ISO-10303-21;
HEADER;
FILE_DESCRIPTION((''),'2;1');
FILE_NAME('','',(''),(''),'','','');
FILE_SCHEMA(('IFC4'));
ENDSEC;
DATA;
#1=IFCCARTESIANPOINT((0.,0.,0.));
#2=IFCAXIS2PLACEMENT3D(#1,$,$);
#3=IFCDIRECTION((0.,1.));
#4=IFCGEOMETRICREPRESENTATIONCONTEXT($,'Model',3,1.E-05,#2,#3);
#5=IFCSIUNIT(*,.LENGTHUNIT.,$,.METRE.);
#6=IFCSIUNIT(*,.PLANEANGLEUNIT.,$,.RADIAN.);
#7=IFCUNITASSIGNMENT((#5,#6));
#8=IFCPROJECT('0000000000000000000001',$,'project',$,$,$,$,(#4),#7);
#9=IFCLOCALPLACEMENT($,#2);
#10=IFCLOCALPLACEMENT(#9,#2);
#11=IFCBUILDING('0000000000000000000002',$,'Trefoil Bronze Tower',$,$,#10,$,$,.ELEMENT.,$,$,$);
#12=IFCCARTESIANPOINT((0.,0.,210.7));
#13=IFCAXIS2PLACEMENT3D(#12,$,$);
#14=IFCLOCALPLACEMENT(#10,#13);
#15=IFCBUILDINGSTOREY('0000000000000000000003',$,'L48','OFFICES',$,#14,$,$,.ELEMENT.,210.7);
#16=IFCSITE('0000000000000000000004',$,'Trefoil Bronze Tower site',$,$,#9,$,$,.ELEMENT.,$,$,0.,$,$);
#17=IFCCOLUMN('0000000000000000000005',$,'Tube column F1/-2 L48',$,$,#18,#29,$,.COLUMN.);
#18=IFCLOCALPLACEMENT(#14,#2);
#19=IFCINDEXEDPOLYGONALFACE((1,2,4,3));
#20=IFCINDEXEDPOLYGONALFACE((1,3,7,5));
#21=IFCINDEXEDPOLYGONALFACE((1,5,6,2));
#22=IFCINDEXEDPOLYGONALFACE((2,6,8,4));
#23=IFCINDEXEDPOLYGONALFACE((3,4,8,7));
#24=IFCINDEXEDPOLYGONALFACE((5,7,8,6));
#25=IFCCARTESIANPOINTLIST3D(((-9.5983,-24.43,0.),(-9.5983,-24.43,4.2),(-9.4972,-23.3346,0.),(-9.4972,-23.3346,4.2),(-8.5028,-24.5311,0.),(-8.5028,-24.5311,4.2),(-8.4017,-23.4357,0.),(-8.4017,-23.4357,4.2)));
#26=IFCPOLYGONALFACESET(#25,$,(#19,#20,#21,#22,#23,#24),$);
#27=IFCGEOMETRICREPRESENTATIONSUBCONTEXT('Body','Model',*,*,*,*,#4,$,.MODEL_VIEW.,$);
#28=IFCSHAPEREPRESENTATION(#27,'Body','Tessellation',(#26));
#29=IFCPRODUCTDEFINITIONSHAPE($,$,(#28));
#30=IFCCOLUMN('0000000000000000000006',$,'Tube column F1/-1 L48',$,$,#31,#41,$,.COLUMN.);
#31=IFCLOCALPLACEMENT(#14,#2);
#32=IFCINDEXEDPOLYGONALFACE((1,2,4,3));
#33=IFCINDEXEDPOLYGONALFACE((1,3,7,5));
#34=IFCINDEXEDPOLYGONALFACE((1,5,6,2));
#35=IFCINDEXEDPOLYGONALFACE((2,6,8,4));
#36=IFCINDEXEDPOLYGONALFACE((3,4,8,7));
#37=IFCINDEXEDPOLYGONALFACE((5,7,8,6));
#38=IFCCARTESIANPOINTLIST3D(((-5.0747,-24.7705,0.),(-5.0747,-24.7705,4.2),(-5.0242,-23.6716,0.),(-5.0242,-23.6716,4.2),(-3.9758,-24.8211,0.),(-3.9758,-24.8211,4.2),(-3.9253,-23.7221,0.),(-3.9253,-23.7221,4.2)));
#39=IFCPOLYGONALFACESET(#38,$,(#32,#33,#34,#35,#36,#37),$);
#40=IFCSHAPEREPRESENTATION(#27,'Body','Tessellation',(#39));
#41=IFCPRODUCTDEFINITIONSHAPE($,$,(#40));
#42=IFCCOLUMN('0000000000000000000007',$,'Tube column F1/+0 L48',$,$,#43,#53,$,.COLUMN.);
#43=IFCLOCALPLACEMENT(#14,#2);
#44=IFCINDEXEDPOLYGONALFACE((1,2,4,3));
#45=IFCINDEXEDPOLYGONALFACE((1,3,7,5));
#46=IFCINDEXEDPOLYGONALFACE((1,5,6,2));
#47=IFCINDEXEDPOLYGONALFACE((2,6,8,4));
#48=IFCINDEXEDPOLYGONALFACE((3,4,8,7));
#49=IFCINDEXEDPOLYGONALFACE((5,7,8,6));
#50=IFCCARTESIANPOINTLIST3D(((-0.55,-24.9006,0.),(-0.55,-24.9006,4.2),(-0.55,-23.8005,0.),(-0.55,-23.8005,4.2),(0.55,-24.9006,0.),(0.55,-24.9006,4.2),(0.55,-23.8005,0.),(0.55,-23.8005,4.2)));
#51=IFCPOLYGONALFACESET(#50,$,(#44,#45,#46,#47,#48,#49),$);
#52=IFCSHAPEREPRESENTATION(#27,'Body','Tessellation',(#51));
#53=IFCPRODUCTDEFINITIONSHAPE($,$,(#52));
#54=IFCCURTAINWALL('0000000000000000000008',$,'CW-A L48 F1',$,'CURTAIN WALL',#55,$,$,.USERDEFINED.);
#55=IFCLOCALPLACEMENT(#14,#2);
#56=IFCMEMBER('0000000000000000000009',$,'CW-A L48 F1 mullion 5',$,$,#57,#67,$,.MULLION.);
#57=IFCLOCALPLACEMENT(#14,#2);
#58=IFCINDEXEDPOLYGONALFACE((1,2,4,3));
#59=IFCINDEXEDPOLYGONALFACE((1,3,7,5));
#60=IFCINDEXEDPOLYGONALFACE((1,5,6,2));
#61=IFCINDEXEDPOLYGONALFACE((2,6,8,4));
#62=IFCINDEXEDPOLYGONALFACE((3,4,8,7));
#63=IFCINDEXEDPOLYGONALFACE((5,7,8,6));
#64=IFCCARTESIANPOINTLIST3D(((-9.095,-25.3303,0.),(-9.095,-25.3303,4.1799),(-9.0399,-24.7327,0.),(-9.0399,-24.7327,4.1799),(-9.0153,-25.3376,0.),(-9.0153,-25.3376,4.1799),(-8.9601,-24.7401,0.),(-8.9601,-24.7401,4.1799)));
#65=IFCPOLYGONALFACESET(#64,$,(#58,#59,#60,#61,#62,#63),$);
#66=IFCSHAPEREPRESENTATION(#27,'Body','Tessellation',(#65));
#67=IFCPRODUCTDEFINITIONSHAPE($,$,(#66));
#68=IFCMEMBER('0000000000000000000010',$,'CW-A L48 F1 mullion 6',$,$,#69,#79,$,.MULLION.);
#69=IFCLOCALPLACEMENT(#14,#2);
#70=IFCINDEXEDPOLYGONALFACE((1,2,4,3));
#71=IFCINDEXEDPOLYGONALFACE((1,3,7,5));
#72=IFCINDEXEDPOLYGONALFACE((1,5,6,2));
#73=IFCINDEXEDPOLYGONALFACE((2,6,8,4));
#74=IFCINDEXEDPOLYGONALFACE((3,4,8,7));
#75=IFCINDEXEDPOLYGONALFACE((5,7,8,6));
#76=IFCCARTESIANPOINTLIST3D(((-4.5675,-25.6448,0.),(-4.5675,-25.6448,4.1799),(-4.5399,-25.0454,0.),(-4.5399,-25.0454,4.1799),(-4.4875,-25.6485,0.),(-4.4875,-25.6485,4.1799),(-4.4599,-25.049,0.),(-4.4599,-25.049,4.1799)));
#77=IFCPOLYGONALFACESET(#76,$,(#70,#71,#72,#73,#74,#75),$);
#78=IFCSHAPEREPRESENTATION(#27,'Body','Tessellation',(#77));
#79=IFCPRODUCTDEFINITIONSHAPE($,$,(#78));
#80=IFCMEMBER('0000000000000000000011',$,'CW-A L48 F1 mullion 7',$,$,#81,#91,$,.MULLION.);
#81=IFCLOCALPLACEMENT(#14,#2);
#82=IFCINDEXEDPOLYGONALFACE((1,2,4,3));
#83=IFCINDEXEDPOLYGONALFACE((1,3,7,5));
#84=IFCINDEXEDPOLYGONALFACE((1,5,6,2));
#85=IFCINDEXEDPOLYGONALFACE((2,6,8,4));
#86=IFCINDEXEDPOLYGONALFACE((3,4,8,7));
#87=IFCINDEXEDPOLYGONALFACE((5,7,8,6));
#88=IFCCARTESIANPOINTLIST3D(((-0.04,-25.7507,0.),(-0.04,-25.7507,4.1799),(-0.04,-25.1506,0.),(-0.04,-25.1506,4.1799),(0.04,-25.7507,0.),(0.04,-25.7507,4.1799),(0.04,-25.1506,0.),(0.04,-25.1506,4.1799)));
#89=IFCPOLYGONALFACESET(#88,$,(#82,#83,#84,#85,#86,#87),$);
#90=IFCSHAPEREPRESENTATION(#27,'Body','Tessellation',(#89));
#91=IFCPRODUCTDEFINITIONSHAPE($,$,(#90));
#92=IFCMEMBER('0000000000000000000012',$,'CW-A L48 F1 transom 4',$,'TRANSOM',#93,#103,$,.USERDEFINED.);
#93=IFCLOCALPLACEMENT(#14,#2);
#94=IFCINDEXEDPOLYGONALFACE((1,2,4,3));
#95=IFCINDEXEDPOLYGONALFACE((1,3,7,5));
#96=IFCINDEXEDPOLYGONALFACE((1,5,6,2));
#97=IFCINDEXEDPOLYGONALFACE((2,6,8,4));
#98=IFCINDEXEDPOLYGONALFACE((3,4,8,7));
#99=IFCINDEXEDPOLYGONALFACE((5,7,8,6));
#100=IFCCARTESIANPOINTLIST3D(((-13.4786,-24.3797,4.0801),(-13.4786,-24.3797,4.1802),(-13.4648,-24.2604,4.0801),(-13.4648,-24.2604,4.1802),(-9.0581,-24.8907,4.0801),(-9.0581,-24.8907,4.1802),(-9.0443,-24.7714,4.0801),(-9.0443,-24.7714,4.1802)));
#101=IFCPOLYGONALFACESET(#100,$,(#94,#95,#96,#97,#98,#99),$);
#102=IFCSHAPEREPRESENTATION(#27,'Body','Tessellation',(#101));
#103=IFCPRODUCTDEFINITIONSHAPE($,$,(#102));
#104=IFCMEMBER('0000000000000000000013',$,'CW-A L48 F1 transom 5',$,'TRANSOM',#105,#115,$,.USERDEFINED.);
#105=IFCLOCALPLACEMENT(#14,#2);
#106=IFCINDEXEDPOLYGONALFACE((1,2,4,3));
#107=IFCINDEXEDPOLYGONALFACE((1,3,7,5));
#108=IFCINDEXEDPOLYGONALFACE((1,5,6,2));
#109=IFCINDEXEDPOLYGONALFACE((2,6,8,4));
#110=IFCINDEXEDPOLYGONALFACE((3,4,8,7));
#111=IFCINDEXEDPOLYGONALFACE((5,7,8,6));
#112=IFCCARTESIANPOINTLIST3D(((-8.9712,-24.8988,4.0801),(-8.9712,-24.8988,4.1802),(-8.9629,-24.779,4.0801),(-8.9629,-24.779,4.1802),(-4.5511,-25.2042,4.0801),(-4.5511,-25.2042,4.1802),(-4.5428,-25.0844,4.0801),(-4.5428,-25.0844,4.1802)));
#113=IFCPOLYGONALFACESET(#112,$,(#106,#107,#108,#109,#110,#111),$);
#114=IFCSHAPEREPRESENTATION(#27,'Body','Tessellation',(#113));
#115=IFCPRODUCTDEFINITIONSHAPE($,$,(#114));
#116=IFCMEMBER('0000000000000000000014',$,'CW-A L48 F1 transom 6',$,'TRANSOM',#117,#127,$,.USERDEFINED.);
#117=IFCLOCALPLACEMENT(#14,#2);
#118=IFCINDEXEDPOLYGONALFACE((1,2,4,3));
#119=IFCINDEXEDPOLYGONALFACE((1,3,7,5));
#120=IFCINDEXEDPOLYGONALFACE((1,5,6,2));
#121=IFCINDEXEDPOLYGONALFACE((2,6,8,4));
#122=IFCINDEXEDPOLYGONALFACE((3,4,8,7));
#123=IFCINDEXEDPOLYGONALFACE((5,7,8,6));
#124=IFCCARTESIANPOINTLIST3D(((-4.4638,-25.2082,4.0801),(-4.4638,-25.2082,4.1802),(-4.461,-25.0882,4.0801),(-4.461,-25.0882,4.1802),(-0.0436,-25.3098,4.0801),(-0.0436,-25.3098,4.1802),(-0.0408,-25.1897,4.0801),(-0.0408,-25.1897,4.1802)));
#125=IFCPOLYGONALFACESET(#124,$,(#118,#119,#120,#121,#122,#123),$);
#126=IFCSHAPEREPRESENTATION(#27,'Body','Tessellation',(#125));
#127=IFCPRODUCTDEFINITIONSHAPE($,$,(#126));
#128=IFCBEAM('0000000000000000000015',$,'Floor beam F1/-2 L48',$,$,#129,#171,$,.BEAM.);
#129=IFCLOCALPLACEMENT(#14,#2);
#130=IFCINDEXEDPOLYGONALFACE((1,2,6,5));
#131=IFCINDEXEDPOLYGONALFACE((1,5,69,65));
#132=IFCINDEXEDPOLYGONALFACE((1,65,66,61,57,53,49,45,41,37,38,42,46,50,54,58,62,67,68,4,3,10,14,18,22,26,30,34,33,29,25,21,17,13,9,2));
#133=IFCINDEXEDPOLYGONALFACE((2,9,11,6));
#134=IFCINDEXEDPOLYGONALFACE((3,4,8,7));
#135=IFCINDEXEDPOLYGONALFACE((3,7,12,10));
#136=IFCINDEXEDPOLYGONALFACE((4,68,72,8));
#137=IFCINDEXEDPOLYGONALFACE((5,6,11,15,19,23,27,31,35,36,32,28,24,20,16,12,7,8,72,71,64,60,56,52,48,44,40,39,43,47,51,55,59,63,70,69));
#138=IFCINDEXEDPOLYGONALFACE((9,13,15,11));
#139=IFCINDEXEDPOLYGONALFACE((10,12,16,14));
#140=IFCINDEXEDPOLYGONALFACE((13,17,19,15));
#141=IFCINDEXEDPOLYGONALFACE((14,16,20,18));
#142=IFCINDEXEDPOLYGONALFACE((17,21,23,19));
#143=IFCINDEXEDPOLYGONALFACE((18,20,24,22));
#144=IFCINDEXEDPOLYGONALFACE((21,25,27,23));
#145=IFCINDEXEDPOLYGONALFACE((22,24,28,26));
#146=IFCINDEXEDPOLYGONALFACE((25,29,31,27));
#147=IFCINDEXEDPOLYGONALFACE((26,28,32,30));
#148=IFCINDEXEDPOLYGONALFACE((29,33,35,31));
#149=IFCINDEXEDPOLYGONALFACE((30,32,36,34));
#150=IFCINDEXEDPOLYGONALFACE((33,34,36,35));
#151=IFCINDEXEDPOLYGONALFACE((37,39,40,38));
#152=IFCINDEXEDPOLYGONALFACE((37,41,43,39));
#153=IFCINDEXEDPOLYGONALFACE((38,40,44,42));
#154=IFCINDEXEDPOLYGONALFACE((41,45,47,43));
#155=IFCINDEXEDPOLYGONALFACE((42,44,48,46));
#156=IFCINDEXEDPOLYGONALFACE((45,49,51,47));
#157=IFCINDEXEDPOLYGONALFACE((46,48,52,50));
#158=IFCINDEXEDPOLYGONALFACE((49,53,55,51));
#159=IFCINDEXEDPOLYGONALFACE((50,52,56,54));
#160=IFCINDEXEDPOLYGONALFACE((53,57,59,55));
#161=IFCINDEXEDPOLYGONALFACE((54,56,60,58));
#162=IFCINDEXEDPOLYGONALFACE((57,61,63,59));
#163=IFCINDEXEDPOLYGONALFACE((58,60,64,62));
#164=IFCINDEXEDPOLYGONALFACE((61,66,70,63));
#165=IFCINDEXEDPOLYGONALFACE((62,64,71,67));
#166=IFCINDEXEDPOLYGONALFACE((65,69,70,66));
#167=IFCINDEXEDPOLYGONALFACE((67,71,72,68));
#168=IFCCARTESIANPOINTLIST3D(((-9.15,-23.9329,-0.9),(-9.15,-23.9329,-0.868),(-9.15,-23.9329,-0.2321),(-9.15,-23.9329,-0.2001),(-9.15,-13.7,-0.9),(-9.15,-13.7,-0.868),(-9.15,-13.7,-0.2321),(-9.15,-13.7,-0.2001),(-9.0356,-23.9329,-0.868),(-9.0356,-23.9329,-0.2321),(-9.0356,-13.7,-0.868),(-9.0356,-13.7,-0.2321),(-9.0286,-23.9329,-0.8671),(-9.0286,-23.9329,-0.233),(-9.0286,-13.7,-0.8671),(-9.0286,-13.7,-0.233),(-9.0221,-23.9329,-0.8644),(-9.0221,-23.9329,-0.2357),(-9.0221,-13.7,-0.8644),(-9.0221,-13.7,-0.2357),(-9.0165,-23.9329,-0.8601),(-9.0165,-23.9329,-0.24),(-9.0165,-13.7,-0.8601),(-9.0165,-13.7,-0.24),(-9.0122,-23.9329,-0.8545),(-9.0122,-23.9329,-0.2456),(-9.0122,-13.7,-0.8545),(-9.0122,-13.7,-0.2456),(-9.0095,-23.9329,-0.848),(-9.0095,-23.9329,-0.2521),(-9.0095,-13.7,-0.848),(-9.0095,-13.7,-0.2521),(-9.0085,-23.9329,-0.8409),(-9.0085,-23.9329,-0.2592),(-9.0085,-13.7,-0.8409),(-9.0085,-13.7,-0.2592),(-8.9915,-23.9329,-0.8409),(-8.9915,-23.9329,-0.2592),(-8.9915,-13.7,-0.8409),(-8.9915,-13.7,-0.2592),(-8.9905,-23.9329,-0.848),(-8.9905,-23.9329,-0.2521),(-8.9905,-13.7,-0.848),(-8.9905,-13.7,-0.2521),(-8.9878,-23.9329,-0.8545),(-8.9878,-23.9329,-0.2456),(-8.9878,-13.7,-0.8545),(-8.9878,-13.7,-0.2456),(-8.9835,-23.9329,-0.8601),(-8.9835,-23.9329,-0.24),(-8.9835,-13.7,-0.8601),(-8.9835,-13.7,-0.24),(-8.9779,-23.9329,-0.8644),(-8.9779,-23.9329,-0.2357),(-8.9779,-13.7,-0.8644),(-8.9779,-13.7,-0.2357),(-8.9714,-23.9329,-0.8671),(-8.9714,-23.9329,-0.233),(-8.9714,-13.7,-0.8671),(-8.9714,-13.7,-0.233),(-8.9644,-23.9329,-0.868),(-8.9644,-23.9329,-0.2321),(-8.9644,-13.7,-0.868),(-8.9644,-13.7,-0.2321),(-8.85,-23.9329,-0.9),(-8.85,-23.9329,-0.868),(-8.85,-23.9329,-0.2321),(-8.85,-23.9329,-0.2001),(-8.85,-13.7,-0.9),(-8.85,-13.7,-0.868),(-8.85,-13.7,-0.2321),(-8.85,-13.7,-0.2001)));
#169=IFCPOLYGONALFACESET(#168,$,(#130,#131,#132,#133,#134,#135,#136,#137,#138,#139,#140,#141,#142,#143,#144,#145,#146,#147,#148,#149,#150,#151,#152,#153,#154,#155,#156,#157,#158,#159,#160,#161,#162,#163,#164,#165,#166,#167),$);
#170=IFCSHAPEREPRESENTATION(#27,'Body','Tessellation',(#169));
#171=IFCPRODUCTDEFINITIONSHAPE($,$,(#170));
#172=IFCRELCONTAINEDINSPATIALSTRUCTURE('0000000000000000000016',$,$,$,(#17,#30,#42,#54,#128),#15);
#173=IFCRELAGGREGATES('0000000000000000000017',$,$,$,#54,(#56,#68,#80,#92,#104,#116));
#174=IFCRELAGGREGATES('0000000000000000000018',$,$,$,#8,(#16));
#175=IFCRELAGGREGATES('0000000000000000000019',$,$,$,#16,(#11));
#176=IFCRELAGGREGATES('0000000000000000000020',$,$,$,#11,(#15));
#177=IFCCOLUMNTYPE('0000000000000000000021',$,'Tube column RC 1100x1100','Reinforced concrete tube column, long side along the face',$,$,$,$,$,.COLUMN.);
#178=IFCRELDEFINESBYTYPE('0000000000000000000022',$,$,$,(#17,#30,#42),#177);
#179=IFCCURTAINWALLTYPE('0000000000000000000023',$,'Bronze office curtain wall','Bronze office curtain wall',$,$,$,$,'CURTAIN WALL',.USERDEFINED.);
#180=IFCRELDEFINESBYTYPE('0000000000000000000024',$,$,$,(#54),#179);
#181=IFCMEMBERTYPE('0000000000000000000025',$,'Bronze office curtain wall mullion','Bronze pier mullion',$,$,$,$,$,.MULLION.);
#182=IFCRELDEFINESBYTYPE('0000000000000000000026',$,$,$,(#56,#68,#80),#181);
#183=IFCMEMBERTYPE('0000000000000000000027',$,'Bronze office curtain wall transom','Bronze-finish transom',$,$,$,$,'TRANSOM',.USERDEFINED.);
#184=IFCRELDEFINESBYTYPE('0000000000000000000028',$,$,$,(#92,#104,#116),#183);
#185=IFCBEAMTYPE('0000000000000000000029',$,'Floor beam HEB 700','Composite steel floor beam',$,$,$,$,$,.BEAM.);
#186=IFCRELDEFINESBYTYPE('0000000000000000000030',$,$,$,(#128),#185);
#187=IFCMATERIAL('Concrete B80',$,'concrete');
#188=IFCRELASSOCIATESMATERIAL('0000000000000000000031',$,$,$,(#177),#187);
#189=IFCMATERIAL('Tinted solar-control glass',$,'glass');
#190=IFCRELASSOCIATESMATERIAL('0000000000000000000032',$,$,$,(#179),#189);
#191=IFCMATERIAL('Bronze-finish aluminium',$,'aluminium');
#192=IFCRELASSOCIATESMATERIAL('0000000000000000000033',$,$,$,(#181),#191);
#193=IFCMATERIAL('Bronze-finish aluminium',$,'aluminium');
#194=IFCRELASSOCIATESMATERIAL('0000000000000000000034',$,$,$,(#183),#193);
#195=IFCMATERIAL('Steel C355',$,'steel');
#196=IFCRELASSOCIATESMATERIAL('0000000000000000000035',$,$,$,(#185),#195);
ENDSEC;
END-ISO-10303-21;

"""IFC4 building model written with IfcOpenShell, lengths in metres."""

from ifc_helpers import new_model, si_unit, direction, frame, origin, origin_2d, place, context, subcontext, project, spatial, rectangle, i_section, extrude, material, material_profile, profile_set, type_object, element, aggregate, save


model = new_model("IFC4")

# Units and contexts
model_context = context("Model", 3, precision=1e-05, world=origin(), true_north=direction((0.0, 1.0)))
body_context = subcontext(model_context, "Body", "Model", "MODEL_VIEW")
ifc_project = project(units=[si_unit("LENGTHUNIT", "METRE"), si_unit("PLANEANGLEUNIT", "RADIAN")], contexts=[model_context])

# Site, building, storey
site_placement = place(None, origin())
site = spatial("IfcSite", under=ifc_project, at=site_placement, Name="Trefoil Bronze Tower site", CompositionType="ELEMENT", RefElevation=0.0)
building_placement = place(site_placement, origin())
building = spatial("IfcBuilding", under=site, at=building_placement, Name="Trefoil Bronze Tower", CompositionType="ELEMENT")
storey_placement = place(building_placement, frame((0.0, 0.0, 210.7)))
storey = spatial("IfcBuildingStorey", under=building, at=storey_placement, Name="L48", Description="OFFICES", CompositionType="ELEMENT", Elevation=210.7)

# Columns
ifc_material_1 = material(Name="Concrete B80", Category="concrete")
ifc_material_profile_1 = material_profile(ifc_material_1, rectangle(XDim=1.1001, YDim=1.1001, at=origin_2d()), Name="RC 1100x1100")
ifc_profile_set_1 = profile_set([ifc_material_profile_1], Name="Concrete B80")
column_type = type_object("IfcColumnType", Name="Tube column RC 1100x1100", Description="Reinforced concrete tube column, long side along the face", PredefinedType="COLUMN", material=ifc_profile_set_1)
for number, where, z_axis, x_axis, name in (
    (1, (-9.0, -23.9329, 0.0), (0.0, 0.0, 1.0), (0.995767, -0.091911, 0.0), "Tube column F1/-2 L48"),
    (2, (-4.5, -24.2463, 0.0), (0.0, 0.0, 1.0), (0.998943, -0.045956, 0.0), "Tube column F1/-1 L48"),
    (3, (0.0, -24.3506, 0.0), (0.0, 0.0, 1.0), (1.0, 0.0, 0.0), "Tube column F1/+0 L48"),
):
    element("IfcColumn", number, at=place(storey_placement, frame(where, z_axis=z_axis, x_axis=x_axis)), inside=storey, type_object=column_type, Name=name, PredefinedType="COLUMN", context=body_context, shape_type="SweptSolid", body=[
        extrude(rectangle(XDim=1.1001, YDim=1.1001, at=origin_2d()), origin(), (0.0, 0.0, 1.0), 4.2),
    ])

# Curtain wall, members
ifc_material_2 = material(Name="Tinted solar-control glass", Category="glass")
curtain_wall_type = type_object("IfcCurtainWallType", Name="Bronze office curtain wall", Description="Bronze office curtain wall", ElementType="CURTAIN WALL", PredefinedType="USERDEFINED", material=ifc_material_2)
curtain_wall_placement = place(storey_placement, origin())
curtain_wall = element("IfcCurtainWall", 4, at=curtain_wall_placement, inside=storey, type_object=curtain_wall_type, Name="CW-A L48 F1", ObjectType="CURTAIN WALL", PredefinedType="USERDEFINED")
ifc_material_3 = material(Name="Bronze-finish aluminium", Category="aluminium")
ifc_material_profile_2 = material_profile(ifc_material_3, rectangle(XDim=0.6001, YDim=0.0801, at=origin_2d()), Name="CW-A mullion")
ifc_profile_set_2 = profile_set([ifc_material_profile_2], Name="Bronze-finish aluminium")
member_type_1 = type_object("IfcMemberType", Name="Bronze office curtain wall mullion", Description="Bronze pier mullion", PredefinedType="MULLION", material=ifc_profile_set_2)
member_1_placement = place(storey_placement, frame((-9.0276, -25.0352, 0.0), z_axis=(0.0, 0.0, 1.0), x_axis=(0.091911, 0.995767, 0.0)))
member_1 = element("IfcMember", 5, at=member_1_placement, type_object=member_type_1, Name="CW-A L48 F1 mullion 5", PredefinedType="MULLION", context=body_context, shape_type="SweptSolid", body=[
    extrude(rectangle(XDim=0.6001, YDim=0.0801, at=origin_2d()), origin(), (0.0, 0.0, 1.0), 4.1799),
])
member_2_placement = place(storey_placement, frame((-4.5137, -25.3469, 0.0), z_axis=(0.0, 0.0, 1.0), x_axis=(0.045956, 0.998943, 0.0)))
member_2 = element("IfcMember", 6, at=member_2_placement, type_object=member_type_1, Name="CW-A L48 F1 mullion 6", PredefinedType="MULLION", context=body_context, shape_type="SweptSolid", body=[
    extrude(rectangle(XDim=0.6001, YDim=0.0801, at=origin_2d()), origin(), (0.0, 0.0, 1.0), 4.1799),
])
member_3_placement = place(storey_placement, frame((0.0, -25.4507, 0.0), z_axis=(0.0, 0.0, 1.0), x_axis=(0.0, 1.0, 0.0)))
member_3 = element("IfcMember", 7, at=member_3_placement, type_object=member_type_1, Name="CW-A L48 F1 mullion 7", PredefinedType="MULLION", context=body_context, shape_type="SweptSolid", body=[
    extrude(rectangle(XDim=0.6001, YDim=0.0801, at=origin_2d()), origin(), (0.0, 0.0, 1.0), 4.1799),
])
ifc_material_4 = material(Name="Bronze-finish aluminium", Category="aluminium")
ifc_material_profile_3 = material_profile(ifc_material_4, rectangle(XDim=0.1201, YDim=0.1001, at=origin_2d()), Name="CW-A transom")
ifc_profile_set_3 = profile_set([ifc_material_profile_3], Name="Bronze-finish aluminium")
member_type_2 = type_object("IfcMemberType", Name="Bronze office curtain wall transom", Description="Bronze-finish transom", ElementType="TRANSOM", PredefinedType="USERDEFINED", material=ifc_profile_set_3)
member_4_placement = place(storey_placement, frame((-13.4717, -24.3201, 4.1301), z_axis=(0.993385, -0.114832, 0.0), x_axis=(0.114832, 0.993385, 0.0)))
member_4 = element("IfcMember", 8, at=member_4_placement, type_object=member_type_2, Name="CW-A L48 F1 transom 4", ObjectType="TRANSOM", PredefinedType="USERDEFINED", context=body_context, shape_type="SweptSolid", body=[
    extrude(rectangle(XDim=0.1201, YDim=0.1001, at=origin_2d()), origin(), (0.0, 0.0, 1.0), 4.45),
])
member_5_placement = place(storey_placement, frame((-8.967, -24.8389, 4.1301), z_axis=(0.997621, -0.068933, 0.0), x_axis=(0.068933, 0.997621, 0.0)))
member_5 = element("IfcMember", 9, at=member_5_placement, type_object=member_type_2, Name="CW-A L48 F1 transom 5", ObjectType="TRANSOM", PredefinedType="USERDEFINED", context=body_context, shape_type="SweptSolid", body=[
    extrude(rectangle(XDim=0.1201, YDim=0.1001, at=origin_2d()), origin(), (0.0, 0.0, 1.0), 4.4307),
])
member_6_placement = place(storey_placement, frame((-4.4624, -25.1482, 4.1301), z_axis=(0.999736, -0.022971, 0.0), x_axis=(0.022971, 0.999736, 0.0)))
member_6 = element("IfcMember", 10, at=member_6_placement, type_object=member_type_2, Name="CW-A L48 F1 transom 6", ObjectType="TRANSOM", PredefinedType="USERDEFINED", context=body_context, shape_type="SweptSolid", body=[
    extrude(rectangle(XDim=0.1201, YDim=0.1001, at=origin_2d()), origin(), (0.0, 0.0, 1.0), 4.4214),
])

# Beam
ifc_material_5 = material(Name="Steel C355", Category="steel")
ifc_material_profile_4 = material_profile(ifc_material_5, i_section(OverallWidth=0.3, OverallDepth=0.7, WebThickness=0.0171, FlangeThickness=0.032, FilletRadius=0.0271, at=origin_2d()), Name="HEB 700")
ifc_profile_set_4 = profile_set([ifc_material_profile_4], Name="Steel C355")
beam_type_1 = type_object("IfcBeamType", Name="Floor beam HEB 700", Description="Composite steel floor beam", PredefinedType="BEAM", material=ifc_profile_set_4)
beam_1_placement = place(storey_placement, frame((-9.0, -23.9329, -0.55), z_axis=(0.0, 1.0, 0.0), x_axis=(-1.0, 0.0, 0.0)))
element("IfcBeam", 11, at=beam_1_placement, inside=storey, type_object=beam_type_1, Name="Floor beam F1/-2 L48", PredefinedType="BEAM", context=body_context, shape_type="SweptSolid", body=[
    extrude(i_section(OverallWidth=0.3, OverallDepth=0.7, WebThickness=0.0171, FlangeThickness=0.032, FilletRadius=0.0271, at=origin_2d()), origin(), (0.0, 0.0, 1.0), 10.2329),
])

aggregate(curtain_wall, [member_1, member_2, member_3, member_4, member_5, member_6])

save(model, "model.ifc")
